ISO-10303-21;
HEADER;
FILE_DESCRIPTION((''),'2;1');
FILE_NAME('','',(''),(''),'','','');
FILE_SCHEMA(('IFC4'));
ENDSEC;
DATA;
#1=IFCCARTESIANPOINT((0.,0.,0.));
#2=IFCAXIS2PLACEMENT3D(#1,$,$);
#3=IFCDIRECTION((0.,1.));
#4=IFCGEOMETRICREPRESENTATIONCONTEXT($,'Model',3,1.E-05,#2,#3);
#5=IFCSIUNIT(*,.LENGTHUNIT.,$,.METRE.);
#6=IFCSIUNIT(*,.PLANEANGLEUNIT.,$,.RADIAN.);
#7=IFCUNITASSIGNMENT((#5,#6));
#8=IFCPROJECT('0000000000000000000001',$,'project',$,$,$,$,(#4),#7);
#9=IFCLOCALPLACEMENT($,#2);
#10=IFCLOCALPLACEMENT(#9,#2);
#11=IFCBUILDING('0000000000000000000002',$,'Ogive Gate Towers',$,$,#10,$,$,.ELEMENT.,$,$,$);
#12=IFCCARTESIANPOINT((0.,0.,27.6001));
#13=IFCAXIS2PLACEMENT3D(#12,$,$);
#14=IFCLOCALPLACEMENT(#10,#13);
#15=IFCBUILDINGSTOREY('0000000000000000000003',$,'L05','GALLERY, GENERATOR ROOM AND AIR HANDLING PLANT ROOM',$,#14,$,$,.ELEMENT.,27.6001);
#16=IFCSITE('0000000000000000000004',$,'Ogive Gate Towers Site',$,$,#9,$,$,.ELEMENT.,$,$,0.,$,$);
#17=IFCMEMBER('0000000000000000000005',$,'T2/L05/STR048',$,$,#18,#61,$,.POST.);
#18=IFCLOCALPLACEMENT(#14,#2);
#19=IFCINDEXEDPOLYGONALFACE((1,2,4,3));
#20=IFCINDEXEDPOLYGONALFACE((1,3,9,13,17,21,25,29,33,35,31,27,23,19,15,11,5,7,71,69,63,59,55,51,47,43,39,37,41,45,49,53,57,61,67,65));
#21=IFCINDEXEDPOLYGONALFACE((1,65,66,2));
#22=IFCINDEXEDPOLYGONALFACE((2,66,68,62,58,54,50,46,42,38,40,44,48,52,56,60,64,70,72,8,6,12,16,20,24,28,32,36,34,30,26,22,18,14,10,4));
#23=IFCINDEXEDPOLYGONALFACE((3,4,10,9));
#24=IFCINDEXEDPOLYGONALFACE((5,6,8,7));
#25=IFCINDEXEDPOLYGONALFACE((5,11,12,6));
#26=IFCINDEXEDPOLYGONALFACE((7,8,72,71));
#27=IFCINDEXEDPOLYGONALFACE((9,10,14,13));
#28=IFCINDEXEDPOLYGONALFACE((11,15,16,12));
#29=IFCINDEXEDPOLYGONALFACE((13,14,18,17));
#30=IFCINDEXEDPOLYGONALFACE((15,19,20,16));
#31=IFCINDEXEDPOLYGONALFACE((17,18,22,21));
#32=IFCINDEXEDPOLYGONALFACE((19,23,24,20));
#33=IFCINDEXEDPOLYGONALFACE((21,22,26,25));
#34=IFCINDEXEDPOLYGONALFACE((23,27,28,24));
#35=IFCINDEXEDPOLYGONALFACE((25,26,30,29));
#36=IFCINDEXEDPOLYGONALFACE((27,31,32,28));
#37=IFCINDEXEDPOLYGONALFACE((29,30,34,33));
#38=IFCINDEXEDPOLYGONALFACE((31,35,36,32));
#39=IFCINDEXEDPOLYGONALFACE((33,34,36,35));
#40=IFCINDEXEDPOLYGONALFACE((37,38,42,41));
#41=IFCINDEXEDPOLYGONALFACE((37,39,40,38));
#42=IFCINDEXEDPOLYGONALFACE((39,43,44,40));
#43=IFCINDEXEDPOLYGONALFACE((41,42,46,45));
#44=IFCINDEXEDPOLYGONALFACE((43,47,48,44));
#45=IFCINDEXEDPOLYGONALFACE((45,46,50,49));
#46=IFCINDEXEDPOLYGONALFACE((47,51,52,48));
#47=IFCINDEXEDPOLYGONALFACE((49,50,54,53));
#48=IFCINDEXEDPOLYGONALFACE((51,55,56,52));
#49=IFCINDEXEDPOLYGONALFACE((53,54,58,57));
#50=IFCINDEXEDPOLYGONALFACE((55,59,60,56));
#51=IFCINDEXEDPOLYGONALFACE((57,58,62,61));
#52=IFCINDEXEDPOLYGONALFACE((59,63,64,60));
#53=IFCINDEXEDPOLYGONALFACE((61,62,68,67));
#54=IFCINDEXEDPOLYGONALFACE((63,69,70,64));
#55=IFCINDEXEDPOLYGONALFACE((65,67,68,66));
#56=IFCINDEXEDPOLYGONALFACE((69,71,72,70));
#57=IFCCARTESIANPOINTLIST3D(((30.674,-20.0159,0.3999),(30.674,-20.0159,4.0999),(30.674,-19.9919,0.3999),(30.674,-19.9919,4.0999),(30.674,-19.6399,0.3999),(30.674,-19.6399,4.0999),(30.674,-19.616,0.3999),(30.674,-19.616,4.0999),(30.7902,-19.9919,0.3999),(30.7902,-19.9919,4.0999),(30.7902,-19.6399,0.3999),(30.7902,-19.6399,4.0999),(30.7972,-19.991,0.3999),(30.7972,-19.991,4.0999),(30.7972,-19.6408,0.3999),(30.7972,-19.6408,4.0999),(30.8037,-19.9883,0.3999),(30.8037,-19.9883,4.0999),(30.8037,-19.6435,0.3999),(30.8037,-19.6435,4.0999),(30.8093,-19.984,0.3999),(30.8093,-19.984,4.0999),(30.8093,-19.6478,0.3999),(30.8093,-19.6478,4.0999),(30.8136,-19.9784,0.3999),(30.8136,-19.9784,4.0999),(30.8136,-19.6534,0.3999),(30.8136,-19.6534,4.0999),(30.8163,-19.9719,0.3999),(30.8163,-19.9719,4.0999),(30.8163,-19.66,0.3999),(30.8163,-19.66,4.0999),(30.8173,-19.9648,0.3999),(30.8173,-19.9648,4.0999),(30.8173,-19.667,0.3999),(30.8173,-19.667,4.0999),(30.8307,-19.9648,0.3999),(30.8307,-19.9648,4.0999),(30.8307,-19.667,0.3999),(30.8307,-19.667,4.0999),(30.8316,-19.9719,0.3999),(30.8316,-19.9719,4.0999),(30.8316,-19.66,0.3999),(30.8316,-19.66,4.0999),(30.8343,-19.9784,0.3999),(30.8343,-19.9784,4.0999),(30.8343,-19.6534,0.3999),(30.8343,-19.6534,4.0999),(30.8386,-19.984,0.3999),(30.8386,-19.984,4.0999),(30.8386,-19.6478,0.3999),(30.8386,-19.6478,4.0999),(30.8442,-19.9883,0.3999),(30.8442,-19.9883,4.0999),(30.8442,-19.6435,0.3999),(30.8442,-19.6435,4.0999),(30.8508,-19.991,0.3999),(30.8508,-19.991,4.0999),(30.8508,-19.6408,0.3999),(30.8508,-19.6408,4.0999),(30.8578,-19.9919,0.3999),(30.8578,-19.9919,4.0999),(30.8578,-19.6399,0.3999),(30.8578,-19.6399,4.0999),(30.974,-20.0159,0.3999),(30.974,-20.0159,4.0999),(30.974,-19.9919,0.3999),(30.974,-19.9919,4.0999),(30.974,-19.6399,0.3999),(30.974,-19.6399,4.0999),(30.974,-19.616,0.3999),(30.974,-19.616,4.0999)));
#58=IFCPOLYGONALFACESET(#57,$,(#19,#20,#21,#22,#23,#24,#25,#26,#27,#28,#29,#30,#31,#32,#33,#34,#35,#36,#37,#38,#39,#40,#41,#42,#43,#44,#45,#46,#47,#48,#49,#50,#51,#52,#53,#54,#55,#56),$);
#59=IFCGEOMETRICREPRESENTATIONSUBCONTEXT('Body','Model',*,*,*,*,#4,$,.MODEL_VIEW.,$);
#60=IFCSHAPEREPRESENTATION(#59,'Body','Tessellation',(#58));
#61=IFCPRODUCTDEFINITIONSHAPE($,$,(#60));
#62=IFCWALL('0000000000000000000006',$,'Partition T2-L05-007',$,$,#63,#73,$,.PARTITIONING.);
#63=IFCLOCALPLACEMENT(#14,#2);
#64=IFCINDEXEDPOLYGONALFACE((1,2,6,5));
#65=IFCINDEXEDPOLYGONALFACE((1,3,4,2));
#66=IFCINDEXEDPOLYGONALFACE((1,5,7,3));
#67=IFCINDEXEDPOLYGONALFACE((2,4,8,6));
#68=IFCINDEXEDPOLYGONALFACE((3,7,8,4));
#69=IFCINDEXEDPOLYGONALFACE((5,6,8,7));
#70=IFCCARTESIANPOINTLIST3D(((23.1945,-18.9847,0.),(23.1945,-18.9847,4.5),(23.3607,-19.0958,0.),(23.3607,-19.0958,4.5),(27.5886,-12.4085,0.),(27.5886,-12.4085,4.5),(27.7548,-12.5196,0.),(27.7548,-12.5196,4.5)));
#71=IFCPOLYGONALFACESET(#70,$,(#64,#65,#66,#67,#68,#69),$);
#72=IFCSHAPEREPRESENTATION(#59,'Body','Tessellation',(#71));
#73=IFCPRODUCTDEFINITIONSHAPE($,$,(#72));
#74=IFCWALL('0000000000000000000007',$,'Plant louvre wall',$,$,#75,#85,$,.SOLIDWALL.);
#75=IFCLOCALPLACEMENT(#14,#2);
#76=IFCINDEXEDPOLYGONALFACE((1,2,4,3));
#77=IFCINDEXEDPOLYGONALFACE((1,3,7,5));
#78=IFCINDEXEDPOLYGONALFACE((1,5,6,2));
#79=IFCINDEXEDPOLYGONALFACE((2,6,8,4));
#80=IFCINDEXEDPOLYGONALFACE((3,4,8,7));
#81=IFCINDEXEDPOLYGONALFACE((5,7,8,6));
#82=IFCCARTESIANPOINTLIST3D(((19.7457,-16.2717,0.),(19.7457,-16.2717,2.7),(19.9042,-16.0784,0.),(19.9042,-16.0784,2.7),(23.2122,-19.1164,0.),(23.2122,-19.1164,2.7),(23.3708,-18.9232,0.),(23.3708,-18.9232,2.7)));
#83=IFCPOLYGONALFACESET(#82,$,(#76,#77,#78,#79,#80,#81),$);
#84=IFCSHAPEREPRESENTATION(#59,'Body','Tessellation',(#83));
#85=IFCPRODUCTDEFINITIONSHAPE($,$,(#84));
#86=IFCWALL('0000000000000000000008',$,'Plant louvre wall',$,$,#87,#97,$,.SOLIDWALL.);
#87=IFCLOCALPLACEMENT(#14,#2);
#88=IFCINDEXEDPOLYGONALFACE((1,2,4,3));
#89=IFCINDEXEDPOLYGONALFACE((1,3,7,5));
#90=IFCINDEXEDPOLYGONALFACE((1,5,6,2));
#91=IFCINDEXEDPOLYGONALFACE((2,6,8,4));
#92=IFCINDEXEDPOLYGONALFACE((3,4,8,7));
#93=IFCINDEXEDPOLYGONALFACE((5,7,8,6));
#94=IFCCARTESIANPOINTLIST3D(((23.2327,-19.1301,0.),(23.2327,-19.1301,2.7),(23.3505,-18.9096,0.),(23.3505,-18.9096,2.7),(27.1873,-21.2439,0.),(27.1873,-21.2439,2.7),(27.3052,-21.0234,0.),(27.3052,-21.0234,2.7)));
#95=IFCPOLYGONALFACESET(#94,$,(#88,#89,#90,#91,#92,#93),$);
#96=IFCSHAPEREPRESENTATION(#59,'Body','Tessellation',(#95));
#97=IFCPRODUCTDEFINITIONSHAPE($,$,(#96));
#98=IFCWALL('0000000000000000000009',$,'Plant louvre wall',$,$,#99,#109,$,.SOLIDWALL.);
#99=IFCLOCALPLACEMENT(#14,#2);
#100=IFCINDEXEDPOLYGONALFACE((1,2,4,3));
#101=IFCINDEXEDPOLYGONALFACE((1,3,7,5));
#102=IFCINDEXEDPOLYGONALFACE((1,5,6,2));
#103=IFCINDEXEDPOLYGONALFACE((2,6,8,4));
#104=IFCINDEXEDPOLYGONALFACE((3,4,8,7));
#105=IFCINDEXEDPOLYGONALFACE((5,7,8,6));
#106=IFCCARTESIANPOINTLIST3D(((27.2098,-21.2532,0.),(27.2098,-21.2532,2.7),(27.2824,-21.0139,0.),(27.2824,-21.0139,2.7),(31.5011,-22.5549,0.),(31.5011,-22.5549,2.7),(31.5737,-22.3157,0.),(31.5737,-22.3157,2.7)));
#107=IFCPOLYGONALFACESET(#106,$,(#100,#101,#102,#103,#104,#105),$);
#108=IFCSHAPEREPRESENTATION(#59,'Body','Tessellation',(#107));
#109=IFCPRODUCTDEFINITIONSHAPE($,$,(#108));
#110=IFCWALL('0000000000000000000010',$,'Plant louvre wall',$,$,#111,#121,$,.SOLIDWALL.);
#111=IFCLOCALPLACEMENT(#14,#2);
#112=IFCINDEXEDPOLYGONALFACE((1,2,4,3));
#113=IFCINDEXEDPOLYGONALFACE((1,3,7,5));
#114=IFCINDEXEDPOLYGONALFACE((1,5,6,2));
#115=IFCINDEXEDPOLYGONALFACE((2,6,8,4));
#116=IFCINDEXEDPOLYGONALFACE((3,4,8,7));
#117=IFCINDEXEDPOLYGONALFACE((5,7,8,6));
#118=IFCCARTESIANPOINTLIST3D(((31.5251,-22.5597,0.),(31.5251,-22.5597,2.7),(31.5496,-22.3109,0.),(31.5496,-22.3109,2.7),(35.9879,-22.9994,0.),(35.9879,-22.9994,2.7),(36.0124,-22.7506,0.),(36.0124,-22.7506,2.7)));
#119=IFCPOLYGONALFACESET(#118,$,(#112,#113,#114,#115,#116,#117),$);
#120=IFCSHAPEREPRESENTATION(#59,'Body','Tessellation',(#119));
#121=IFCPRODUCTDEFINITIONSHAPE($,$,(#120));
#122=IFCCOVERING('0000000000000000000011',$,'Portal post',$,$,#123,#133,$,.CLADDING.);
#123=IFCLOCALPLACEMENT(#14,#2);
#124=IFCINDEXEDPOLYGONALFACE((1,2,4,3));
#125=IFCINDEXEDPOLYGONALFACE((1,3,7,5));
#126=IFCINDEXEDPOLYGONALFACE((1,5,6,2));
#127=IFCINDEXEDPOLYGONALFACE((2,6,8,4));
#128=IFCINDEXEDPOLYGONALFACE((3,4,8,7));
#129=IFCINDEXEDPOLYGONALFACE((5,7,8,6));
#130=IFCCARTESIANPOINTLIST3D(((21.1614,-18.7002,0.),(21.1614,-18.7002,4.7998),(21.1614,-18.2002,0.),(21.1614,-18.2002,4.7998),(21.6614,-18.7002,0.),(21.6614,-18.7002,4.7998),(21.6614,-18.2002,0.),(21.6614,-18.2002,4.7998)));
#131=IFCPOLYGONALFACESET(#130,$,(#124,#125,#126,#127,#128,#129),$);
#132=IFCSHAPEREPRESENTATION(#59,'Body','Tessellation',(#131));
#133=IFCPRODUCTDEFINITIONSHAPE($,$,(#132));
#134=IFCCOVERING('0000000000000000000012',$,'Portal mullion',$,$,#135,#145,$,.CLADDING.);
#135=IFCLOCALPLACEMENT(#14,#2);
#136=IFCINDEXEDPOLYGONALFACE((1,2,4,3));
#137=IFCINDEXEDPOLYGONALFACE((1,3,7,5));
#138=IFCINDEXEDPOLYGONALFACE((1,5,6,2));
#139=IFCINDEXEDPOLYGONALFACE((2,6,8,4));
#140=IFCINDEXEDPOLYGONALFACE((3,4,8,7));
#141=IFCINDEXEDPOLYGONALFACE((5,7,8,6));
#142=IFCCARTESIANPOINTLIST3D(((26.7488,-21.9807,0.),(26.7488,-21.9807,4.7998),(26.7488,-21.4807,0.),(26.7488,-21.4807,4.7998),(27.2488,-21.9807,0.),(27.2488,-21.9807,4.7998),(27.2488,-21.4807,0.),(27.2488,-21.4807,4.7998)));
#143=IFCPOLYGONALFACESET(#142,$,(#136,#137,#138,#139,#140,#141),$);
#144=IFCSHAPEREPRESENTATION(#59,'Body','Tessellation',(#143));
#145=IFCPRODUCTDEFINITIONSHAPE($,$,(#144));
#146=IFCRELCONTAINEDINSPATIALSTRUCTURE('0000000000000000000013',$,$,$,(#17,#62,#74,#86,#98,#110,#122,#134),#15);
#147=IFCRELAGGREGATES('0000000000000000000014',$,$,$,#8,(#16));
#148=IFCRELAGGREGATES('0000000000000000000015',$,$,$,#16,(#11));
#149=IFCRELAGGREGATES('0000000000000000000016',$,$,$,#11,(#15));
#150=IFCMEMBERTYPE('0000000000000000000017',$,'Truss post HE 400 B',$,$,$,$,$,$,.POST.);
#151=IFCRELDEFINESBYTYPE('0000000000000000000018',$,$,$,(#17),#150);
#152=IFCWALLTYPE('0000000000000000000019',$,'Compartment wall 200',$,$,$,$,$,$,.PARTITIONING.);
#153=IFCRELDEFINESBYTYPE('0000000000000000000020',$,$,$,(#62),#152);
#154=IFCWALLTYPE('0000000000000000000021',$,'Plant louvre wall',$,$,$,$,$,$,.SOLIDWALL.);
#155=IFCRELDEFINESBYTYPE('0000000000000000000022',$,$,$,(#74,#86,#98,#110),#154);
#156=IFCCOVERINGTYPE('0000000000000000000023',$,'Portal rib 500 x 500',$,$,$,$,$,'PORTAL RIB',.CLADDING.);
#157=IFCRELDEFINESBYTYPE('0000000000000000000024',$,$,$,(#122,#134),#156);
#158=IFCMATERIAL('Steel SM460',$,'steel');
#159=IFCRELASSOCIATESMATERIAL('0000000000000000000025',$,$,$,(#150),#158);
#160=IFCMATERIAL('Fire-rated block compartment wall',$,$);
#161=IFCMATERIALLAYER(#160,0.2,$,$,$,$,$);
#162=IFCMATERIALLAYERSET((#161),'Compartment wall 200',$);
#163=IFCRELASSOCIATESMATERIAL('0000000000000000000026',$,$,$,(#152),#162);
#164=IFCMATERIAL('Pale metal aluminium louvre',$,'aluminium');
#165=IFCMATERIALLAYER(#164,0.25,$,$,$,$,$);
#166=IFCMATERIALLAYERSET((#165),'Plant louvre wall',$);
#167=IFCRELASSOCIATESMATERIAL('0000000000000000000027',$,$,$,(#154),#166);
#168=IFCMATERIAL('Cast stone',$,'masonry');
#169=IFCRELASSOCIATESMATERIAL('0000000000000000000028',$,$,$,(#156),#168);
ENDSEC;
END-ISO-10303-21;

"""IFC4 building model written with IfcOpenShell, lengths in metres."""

from ifc_helpers import new_model, si_unit, direction, frame, frame_2d, origin, origin_2d, place, context, subcontext, project, spatial, rectangle, i_section, extrude, material, layer, layer_set, material_profile, profile_set, type_object, element, save


model = new_model("IFC4")

# Units and contexts
model_context = context("Model", 3, precision=1e-05, world=origin(), true_north=direction((0.0, 1.0)))
body_context = subcontext(model_context, "Body", "Model", "MODEL_VIEW")
ifc_project = project(units=[si_unit("LENGTHUNIT", "METRE"), si_unit("PLANEANGLEUNIT", "RADIAN")], contexts=[model_context])

# Site, building, storey
site_placement = place(None, origin())
site = spatial("IfcSite", under=ifc_project, at=site_placement, Name="Ogive Gate Towers Site", CompositionType="ELEMENT", RefElevation=0.0)
building_placement = place(site_placement, origin())
building = spatial("IfcBuilding", under=site, at=building_placement, Name="Ogive Gate Towers", CompositionType="ELEMENT")
storey_placement = place(building_placement, frame((0.0, 0.0, 27.6001)))
storey = spatial("IfcBuildingStorey", under=building, at=storey_placement, Name="L05", Description="GALLERY, GENERATOR ROOM AND AIR HANDLING PLANT ROOM", CompositionType="ELEMENT", Elevation=27.6001)

# Shared definitions
ifc_material_1 = material(Name="Steel SM460", Category="steel")

# Member
ifc_material_profile_1 = material_profile(ifc_material_1, i_section(OverallWidth=0.3, OverallDepth=0.3999, WebThickness=0.0134, FlangeThickness=0.0239, FilletRadius=0.0271, at=origin_2d()), Name="HE 400 B")
ifc_profile_set_1 = profile_set([ifc_material_profile_1], Name="Steel SM460")
member_type_1 = type_object("IfcMemberType", Name="Truss post HE 400 B", PredefinedType="POST", material=ifc_profile_set_1)
for number, where, z_axis, x_axis, name in (
    (1, (30.824, -19.8159, 0.3999), (0.0, 0.0, 1.0), (1.0, 0.0, 0.0), "T2/L05/STR048"),
):
    element("IfcMember", number, at=place(storey_placement, frame(where, z_axis=z_axis, x_axis=x_axis)), inside=storey, type_object=member_type_1, Name=name, PredefinedType="POST", context=body_context, shape_type="SweptSolid", body=[
        extrude(i_section(OverallWidth=0.3, OverallDepth=0.3999, WebThickness=0.0134, FlangeThickness=0.0239, FilletRadius=0.0271, at=origin_2d()), origin(), (0.0, 0.0, 1.0), 3.7),
    ])

# Walls
ifc_material_2 = material(Name="Fire-rated block compartment wall")
ifc_layer_1 = layer(ifc_material_2, 0.2)
ifc_layer_set_1 = layer_set([ifc_layer_1], Name="Compartment wall 200")
wall_type_1 = type_object("IfcWallType", Name="Compartment wall 200", PredefinedType="PARTITIONING", material=ifc_layer_set_1)
wall_1_placement = place(storey_placement, frame((23.2776, -19.0403, 0.0), z_axis=(0.0, 0.0, 1.0), x_axis=(0.555569, 0.83147, 0.0)))
element("IfcWall", 2, at=wall_1_placement, inside=storey, type_object=wall_type_1, Name="Partition T2-L05-007", PredefinedType="PARTITIONING", context=body_context, shape_type="SweptSolid", body=[
    extrude(rectangle(XDim=7.9092, YDim=0.2, at=frame_2d((3.9546, 0.0))), origin(), (0.0, 0.0, 1.0), 4.5),
])
ifc_material_3 = material(Name="Pale metal aluminium louvre", Category="aluminium")
ifc_layer_2 = layer(ifc_material_3, 0.25)
ifc_layer_set_2 = layer_set([ifc_layer_2], Name="Plant louvre wall")
wall_type_2 = type_object("IfcWallType", Name="Plant louvre wall", PredefinedType="SOLIDWALL", material=ifc_layer_set_2)
wall_2_placement = place(storey_placement, frame((19.825, -16.175, 0.0), z_axis=(0.0, 0.0, 1.0), x_axis=(0.773032, -0.634367, 0.0)))
element("IfcWall", 3, at=wall_2_placement, inside=storey, type_object=wall_type_2, Name="Plant louvre wall", PredefinedType="SOLIDWALL", context=body_context, shape_type="SweptSolid", body=[
    extrude(rectangle(XDim=4.4844, YDim=0.25, at=frame_2d((2.2422, 0.0))), origin(), (0.0, 0.0, 1.0), 2.7),
])
wall_3_placement = place(storey_placement, frame((23.2915, -19.0198, 0.0), z_axis=(0.0, 0.0, 1.0), x_axis=(0.881922, -0.471396, 0.0)))
element("IfcWall", 4, at=wall_3_placement, inside=storey, type_object=wall_type_2, Name="Plant louvre wall", PredefinedType="SOLIDWALL", context=body_context, shape_type="SweptSolid", body=[
    extrude(rectangle(XDim=4.4841, YDim=0.25, at=frame_2d((2.2422, 0.0))), origin(), (0.0, 0.0, 1.0), 2.7),
])
for number, where, z_axis, x_axis, name in (
    (5, (27.2461, -21.1335, 0.0), (0.0, 0.0, 1.0), (0.956939, -0.290288, 0.0), "Plant louvre wall"),
    (6, (31.5374, -22.4353, 0.0), (0.0, 0.0, 1.0), (0.995181, -0.098054, 0.0), "Plant louvre wall"),
):
    element("IfcWall", number, at=place(storey_placement, frame(where, z_axis=z_axis, x_axis=x_axis)), inside=storey, type_object=wall_type_2, Name=name, PredefinedType="SOLIDWALL", context=body_context, shape_type="SweptSolid", body=[
        extrude(rectangle(XDim=4.4844, YDim=0.25, at=frame_2d((2.2422, 0.0))), origin(), (0.0, 0.0, 1.0), 2.7),
    ])

# Coverings
ifc_material_4 = material(Name="Cast stone", Category="masonry")
ifc_material_profile_2 = material_profile(ifc_material_4, rectangle(XDim=0.5, YDim=0.5, at=origin_2d()), Name="500 x 500 cast stone")
ifc_profile_set_2 = profile_set([ifc_material_profile_2], Name="Cast stone")
covering_type = type_object("IfcCoveringType", Name="Portal rib 500 x 500", ElementType="PORTAL RIB", PredefinedType="CLADDING", material=ifc_profile_set_2)
for number, where, z_axis, x_axis, name in (
    (7, (21.4114, -18.4502, 0.0), (0.0, 0.0, 1.0), (1.0, 0.0, 0.0), "Portal post"),
    (8, (26.9988, -21.7307, 0.0), (0.0, 0.0, 1.0), (1.0, 0.0, 0.0), "Portal mullion"),
):
    element("IfcCovering", number, at=place(storey_placement, frame(where, z_axis=z_axis, x_axis=x_axis)), inside=storey, type_object=covering_type, Name=name, PredefinedType="CLADDING", context=body_context, shape_type="SweptSolid", body=[
        extrude(rectangle(XDim=0.5, YDim=0.5, at=origin_2d()), origin(), (0.0, 0.0, 1.0), 4.7998),
    ])

save(model, "model.ifc")
